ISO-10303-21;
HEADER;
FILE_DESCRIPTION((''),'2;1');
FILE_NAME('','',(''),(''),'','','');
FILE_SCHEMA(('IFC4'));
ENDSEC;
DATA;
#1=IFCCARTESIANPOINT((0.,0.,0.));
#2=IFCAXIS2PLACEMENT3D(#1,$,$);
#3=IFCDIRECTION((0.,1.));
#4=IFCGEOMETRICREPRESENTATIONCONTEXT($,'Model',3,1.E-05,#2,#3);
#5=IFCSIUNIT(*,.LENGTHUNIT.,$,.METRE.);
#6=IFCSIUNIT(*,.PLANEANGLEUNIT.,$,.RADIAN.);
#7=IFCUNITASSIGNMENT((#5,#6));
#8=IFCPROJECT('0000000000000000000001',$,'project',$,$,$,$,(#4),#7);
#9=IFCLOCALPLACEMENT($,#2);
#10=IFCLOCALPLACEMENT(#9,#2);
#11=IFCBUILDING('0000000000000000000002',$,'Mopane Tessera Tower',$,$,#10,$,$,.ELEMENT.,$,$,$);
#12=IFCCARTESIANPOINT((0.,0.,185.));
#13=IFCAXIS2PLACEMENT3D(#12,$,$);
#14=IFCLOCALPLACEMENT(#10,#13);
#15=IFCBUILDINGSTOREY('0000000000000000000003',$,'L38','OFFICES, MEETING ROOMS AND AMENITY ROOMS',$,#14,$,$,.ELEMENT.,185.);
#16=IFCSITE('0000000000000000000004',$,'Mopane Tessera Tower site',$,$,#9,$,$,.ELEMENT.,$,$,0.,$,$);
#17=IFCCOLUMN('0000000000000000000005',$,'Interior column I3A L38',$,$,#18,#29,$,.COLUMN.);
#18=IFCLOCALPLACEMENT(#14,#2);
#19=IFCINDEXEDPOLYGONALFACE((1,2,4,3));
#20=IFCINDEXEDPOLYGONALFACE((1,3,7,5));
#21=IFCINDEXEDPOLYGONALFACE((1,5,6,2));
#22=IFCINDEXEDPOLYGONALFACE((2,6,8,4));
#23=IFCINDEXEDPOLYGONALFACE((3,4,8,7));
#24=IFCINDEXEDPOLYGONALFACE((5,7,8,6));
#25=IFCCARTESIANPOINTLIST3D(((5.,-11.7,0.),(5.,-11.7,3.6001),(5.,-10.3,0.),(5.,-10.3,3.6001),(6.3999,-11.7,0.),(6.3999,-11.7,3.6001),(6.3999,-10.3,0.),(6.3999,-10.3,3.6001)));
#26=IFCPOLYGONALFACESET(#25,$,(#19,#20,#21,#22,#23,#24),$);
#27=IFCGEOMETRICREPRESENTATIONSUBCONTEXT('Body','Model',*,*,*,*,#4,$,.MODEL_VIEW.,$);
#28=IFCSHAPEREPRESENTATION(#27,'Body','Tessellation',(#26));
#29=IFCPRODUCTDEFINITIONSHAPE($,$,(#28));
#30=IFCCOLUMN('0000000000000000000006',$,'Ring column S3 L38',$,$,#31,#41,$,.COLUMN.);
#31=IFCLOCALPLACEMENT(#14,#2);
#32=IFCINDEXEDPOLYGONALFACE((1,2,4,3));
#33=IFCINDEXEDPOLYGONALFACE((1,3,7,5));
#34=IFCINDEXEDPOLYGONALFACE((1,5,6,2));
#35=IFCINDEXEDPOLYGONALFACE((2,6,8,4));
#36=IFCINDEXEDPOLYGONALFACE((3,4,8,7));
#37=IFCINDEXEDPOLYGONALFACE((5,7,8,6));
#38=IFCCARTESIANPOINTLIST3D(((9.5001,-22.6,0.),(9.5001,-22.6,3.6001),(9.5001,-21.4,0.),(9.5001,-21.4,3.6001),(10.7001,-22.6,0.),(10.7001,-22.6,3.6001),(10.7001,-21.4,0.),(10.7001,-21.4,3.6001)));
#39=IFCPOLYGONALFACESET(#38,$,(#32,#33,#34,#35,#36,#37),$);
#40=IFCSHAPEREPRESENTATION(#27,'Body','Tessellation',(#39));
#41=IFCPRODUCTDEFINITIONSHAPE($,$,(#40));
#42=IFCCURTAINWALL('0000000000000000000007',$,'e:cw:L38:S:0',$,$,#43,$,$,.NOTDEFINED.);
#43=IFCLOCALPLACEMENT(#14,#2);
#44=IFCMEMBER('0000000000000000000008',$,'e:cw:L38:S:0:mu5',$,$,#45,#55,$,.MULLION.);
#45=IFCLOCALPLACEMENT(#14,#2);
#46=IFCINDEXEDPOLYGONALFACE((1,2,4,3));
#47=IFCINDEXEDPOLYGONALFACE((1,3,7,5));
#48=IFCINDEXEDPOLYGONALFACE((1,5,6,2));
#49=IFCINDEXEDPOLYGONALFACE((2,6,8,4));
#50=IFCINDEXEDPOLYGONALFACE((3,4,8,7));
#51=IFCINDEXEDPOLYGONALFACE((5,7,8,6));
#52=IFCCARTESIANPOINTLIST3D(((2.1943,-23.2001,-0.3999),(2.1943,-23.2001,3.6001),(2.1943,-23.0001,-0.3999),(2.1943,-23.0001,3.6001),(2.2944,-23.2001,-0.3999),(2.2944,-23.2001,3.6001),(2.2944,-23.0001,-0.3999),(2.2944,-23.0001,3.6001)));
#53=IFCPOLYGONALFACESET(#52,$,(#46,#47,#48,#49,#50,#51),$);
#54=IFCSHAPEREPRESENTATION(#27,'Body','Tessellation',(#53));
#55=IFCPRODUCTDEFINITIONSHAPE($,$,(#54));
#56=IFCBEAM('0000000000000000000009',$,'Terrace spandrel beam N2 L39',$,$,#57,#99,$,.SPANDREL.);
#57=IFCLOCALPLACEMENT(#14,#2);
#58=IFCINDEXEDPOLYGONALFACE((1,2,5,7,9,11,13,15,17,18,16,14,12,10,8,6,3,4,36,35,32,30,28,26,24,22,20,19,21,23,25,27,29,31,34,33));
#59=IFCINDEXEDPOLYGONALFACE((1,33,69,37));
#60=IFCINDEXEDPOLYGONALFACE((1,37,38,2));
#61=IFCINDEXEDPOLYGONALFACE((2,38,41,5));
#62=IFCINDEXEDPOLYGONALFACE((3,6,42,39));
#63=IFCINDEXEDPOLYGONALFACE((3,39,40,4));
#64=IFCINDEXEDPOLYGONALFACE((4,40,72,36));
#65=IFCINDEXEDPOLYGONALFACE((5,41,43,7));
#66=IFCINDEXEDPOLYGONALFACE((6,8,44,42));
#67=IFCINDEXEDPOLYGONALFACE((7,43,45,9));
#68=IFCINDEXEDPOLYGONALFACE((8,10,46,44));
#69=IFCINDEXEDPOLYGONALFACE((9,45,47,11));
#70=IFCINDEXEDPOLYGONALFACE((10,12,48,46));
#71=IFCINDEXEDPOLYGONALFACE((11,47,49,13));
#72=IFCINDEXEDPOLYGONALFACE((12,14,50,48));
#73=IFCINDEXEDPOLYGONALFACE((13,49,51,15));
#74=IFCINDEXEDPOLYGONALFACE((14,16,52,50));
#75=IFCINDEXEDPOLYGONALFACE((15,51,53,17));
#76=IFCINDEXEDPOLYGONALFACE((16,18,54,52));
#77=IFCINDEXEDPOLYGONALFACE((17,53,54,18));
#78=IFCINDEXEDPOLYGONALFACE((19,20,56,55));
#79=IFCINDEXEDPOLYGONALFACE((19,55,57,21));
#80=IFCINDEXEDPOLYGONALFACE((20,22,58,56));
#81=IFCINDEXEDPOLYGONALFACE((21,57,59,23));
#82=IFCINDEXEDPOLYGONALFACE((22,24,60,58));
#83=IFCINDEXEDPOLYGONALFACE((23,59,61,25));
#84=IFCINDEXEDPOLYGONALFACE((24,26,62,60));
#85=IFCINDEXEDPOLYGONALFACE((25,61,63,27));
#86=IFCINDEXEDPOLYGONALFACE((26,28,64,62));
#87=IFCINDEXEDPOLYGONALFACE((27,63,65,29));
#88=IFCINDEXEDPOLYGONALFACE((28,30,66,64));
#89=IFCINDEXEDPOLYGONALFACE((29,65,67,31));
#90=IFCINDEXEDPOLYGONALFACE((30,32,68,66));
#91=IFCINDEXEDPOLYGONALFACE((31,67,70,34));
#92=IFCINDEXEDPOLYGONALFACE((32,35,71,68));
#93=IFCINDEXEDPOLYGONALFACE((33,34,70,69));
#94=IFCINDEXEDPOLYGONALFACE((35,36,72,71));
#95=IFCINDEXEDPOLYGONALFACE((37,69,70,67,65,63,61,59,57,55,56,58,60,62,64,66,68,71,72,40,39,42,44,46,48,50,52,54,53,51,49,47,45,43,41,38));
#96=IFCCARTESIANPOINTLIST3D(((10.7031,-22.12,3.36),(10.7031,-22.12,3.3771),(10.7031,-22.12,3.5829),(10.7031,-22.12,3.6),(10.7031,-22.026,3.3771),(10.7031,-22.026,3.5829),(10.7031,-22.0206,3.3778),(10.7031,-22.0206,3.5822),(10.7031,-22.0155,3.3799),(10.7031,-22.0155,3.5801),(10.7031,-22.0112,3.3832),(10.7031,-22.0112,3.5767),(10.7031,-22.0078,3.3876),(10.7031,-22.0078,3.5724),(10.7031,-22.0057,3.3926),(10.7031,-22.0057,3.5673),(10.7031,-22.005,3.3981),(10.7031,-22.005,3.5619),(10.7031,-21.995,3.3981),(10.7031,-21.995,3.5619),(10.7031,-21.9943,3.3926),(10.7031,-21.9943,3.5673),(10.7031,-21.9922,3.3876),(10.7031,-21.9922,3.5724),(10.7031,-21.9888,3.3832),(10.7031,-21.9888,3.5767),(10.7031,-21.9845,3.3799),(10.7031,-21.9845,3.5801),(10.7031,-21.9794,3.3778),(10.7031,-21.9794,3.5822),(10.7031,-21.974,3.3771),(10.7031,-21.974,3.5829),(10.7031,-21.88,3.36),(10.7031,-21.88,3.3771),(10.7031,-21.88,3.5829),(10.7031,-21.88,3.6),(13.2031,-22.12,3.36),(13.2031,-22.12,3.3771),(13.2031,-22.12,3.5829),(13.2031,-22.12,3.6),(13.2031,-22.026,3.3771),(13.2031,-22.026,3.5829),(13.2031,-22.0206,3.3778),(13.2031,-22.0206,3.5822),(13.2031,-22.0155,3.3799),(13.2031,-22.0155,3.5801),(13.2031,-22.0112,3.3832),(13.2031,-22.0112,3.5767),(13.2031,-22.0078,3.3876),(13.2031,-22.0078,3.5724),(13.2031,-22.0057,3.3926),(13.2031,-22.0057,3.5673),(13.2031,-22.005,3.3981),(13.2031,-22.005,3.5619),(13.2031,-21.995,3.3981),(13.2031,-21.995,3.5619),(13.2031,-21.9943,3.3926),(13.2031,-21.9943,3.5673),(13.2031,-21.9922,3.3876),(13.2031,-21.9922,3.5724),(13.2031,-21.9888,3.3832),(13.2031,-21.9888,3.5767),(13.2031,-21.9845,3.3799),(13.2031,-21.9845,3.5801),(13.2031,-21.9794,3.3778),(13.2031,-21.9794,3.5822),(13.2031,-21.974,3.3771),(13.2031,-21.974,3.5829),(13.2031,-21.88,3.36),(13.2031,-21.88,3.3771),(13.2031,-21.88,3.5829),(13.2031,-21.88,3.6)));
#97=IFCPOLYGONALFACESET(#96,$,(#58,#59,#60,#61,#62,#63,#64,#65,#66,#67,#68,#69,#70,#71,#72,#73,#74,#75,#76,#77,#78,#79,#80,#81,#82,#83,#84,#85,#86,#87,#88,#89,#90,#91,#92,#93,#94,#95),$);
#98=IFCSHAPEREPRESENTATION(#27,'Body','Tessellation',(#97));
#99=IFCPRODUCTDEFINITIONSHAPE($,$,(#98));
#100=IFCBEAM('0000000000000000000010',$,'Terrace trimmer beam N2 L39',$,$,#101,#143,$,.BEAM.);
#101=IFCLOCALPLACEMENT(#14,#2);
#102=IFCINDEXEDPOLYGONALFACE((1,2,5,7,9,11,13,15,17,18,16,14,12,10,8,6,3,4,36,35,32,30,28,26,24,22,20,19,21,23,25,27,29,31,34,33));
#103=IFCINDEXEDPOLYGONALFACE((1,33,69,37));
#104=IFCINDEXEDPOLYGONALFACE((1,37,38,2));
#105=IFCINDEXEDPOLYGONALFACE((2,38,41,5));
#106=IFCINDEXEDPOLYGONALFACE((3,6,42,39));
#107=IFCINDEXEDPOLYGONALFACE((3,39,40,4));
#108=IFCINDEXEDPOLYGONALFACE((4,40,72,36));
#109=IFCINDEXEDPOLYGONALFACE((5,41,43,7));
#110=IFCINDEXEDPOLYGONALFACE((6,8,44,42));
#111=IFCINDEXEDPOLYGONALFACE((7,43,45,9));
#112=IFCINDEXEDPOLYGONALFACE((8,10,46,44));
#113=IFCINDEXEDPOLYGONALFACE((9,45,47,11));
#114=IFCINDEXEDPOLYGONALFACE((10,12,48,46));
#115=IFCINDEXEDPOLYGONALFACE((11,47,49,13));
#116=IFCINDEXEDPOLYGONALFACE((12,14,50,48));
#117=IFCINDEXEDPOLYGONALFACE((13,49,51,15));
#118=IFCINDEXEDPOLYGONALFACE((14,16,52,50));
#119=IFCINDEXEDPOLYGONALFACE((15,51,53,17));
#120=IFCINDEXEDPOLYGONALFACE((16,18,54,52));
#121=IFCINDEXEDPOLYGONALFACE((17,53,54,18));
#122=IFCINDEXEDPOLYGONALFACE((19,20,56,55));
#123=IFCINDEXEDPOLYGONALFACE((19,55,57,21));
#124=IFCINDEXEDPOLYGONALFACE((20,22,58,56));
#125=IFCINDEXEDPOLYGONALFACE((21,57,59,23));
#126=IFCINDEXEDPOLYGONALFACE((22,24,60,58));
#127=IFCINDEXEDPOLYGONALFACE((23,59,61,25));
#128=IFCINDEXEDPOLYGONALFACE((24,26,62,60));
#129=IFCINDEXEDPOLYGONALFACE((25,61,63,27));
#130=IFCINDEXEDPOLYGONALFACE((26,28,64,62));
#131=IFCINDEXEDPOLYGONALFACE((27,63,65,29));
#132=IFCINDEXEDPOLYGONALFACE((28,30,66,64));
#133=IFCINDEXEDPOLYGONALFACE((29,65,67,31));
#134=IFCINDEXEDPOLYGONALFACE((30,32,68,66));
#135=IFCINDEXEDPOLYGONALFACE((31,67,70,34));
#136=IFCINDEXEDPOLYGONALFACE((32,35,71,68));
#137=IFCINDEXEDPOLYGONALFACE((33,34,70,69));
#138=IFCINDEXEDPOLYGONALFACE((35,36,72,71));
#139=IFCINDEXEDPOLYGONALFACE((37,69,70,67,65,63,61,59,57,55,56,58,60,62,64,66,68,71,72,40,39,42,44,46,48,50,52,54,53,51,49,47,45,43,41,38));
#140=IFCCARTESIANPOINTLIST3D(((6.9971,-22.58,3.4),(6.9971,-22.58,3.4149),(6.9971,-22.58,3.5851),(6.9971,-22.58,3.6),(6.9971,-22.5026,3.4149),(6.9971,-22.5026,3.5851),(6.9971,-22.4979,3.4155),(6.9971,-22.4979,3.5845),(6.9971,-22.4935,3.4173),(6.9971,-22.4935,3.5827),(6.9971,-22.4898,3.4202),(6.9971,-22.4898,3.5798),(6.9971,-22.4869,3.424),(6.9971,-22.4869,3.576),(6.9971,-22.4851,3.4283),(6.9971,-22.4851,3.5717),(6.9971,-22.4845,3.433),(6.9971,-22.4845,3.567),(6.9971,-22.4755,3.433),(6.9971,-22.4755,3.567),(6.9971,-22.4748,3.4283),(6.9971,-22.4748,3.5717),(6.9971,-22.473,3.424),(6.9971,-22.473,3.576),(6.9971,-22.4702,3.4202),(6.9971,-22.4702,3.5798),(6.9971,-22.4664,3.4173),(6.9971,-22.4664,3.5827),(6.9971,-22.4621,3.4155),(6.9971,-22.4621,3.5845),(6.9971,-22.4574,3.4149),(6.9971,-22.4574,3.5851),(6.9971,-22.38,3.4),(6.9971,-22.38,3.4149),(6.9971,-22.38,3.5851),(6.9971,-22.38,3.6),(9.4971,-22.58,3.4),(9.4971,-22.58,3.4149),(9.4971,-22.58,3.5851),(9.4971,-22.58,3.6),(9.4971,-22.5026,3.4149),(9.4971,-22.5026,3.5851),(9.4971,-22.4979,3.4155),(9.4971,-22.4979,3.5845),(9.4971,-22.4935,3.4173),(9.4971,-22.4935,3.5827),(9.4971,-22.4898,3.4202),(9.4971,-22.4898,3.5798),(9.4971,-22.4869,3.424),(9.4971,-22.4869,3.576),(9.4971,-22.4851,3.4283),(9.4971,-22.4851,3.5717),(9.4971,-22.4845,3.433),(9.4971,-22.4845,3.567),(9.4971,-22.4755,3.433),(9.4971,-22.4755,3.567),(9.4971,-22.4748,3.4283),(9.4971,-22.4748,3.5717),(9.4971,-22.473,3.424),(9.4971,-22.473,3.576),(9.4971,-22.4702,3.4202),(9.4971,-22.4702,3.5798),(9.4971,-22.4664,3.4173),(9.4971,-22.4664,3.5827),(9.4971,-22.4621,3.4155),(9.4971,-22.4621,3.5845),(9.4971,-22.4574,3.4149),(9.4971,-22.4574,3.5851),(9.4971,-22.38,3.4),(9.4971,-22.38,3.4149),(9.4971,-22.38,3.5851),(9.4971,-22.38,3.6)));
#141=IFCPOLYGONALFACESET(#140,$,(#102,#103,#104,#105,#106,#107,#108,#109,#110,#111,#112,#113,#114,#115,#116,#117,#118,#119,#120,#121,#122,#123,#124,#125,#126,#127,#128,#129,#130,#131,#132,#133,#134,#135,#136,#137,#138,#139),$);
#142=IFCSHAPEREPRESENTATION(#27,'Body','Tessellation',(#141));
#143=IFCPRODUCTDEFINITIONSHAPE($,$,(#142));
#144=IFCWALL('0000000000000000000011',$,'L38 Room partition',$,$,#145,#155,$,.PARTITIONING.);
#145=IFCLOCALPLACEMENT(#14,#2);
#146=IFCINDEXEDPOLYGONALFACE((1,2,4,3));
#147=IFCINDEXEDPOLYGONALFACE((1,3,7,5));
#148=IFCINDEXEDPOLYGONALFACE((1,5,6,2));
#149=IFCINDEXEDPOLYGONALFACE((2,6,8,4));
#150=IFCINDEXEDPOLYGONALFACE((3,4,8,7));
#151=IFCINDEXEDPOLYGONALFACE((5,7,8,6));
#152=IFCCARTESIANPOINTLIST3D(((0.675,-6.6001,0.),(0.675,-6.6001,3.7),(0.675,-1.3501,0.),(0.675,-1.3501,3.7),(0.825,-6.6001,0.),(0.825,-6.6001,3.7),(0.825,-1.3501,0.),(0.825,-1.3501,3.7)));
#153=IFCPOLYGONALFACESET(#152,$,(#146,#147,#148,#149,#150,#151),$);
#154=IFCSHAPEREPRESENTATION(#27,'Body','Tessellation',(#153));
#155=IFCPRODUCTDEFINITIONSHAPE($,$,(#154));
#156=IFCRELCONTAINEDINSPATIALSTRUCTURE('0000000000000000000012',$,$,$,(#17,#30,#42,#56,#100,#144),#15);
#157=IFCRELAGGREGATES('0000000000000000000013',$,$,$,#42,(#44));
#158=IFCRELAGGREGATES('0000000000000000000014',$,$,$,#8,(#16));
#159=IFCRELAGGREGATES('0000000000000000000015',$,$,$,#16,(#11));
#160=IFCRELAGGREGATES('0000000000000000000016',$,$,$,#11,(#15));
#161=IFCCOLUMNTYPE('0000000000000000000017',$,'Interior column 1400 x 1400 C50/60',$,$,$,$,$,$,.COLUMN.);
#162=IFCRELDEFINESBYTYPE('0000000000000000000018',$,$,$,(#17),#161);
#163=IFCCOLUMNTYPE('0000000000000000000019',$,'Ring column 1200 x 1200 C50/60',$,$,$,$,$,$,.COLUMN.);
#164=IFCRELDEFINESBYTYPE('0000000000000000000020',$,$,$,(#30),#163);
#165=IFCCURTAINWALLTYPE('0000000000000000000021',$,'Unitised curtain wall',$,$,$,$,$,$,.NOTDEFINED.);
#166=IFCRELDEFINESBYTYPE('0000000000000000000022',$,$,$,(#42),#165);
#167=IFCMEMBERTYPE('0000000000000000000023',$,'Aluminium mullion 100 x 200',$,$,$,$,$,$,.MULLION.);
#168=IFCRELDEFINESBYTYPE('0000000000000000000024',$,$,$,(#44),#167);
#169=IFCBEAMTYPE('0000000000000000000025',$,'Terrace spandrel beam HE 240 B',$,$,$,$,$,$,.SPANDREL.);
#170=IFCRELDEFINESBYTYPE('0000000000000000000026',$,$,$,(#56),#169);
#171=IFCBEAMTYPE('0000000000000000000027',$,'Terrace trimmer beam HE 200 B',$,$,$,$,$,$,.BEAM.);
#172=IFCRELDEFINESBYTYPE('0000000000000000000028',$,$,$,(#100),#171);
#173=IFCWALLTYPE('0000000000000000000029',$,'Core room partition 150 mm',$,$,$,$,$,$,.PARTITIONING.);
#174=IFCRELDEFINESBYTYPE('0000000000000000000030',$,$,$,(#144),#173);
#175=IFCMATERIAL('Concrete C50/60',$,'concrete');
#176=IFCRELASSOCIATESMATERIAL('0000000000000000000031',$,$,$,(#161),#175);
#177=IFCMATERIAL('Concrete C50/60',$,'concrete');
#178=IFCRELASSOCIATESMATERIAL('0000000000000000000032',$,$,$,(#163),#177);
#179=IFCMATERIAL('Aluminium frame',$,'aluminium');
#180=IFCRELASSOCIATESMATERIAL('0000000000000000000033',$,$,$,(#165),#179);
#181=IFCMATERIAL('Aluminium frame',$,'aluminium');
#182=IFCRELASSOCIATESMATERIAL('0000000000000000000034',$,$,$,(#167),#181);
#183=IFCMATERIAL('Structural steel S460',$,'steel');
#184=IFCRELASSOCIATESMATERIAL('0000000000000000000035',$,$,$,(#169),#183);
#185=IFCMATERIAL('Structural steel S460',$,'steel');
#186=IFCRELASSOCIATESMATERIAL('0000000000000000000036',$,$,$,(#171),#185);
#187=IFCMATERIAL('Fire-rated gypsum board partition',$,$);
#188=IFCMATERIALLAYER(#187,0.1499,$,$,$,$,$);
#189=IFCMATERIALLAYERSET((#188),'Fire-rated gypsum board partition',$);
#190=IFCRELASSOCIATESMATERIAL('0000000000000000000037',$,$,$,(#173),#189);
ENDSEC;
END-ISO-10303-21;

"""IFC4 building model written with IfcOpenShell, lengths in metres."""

from ifc_helpers import new_model, si_unit, direction, frame, frame_2d, origin, origin_2d, place, context, subcontext, project, spatial, rectangle, i_section, extrude, material, layer, layer_set, material_profile, profile_set, type_object, element, aggregate, save


model = new_model("IFC4")

# Units and contexts
model_context = context("Model", 3, precision=1e-05, world=origin(), true_north=direction((0.0, 1.0)))
body_context = subcontext(model_context, "Body", "Model", "MODEL_VIEW")
ifc_project = project(units=[si_unit("LENGTHUNIT", "METRE"), si_unit("PLANEANGLEUNIT", "RADIAN")], contexts=[model_context])

# Site, building, storey
site_placement = place(None, origin())
site = spatial("IfcSite", under=ifc_project, at=site_placement, Name="Mopane Tessera Tower site", CompositionType="ELEMENT", RefElevation=0.0)
building_placement = place(site_placement, origin())
building = spatial("IfcBuilding", under=site, at=building_placement, Name="Mopane Tessera Tower", CompositionType="ELEMENT")
storey_placement = place(building_placement, frame((0.0, 0.0, 185.0)))
storey = spatial("IfcBuildingStorey", under=building, at=storey_placement, Name="L38", Description="OFFICES, MEETING ROOMS AND AMENITY ROOMS", CompositionType="ELEMENT", Elevation=185.0)

# Columns
ifc_material_1 = material(Name="Concrete C50/60", Category="concrete")
ifc_material_profile_1 = material_profile(ifc_material_1, rectangle(XDim=1.3999, YDim=1.3999, at=origin_2d()))
ifc_profile_set_1 = profile_set([ifc_material_profile_1], Name="Concrete C50/60")
column_type_1 = type_object("IfcColumnType", Name="Interior column 1400 x 1400 C50/60", PredefinedType="COLUMN", material=ifc_profile_set_1)
column_1_placement = place(storey_placement, frame((5.7, -11.0, 0.0), z_axis=(0.0, 0.0, 1.0), x_axis=(1.0, 0.0, 0.0)))
element("IfcColumn", 1, at=column_1_placement, inside=storey, type_object=column_type_1, Name="Interior column I3A L38", PredefinedType="COLUMN", context=body_context, shape_type="SweptSolid", body=[
    extrude(rectangle(XDim=1.3999, YDim=1.3999, at=origin_2d()), origin(), (0.0, 0.0, 1.0), 3.6001),
])
ifc_material_2 = material(Name="Concrete C50/60", Category="concrete")
ifc_material_profile_2 = material_profile(ifc_material_2, rectangle(XDim=1.2, YDim=1.2, at=origin_2d()))
ifc_profile_set_2 = profile_set([ifc_material_profile_2], Name="Concrete C50/60")
column_type_2 = type_object("IfcColumnType", Name="Ring column 1200 x 1200 C50/60", PredefinedType="COLUMN", material=ifc_profile_set_2)
column_2_placement = place(storey_placement, frame((10.1001, -22.0, 0.0), z_axis=(0.0, 0.0, 1.0), x_axis=(1.0, 0.0, 0.0)))
element("IfcColumn", 2, at=column_2_placement, inside=storey, type_object=column_type_2, Name="Ring column S3 L38", PredefinedType="COLUMN", context=body_context, shape_type="SweptSolid", body=[
    extrude(rectangle(XDim=1.2, YDim=1.2, at=origin_2d()), origin(), (0.0, 0.0, 1.0), 3.6001),
])

# Curtain wall, member
ifc_material_3 = material(Name="Aluminium frame", Category="aluminium")
curtain_wall_type = type_object("IfcCurtainWallType", Name="Unitised curtain wall", PredefinedType="NOTDEFINED", material=ifc_material_3)
curtain_wall_placement = place(storey_placement, origin())
curtain_wall = element("IfcCurtainWall", 3, at=curtain_wall_placement, inside=storey, type_object=curtain_wall_type, Name="e:cw:L38:S:0", PredefinedType="NOTDEFINED")
ifc_material_4 = material(Name="Aluminium frame", Category="aluminium")
ifc_material_profile_3 = material_profile(ifc_material_4, rectangle(XDim=0.1001, YDim=0.2, at=origin_2d()))
ifc_profile_set_3 = profile_set([ifc_material_profile_3], Name="Aluminium frame")
member_type = type_object("IfcMemberType", Name="Aluminium mullion 100 x 200", PredefinedType="MULLION", material=ifc_profile_set_3)
member_placement = place(storey_placement, frame((2.2444, -23.1001, -0.3999), z_axis=(0.0, 0.0, 1.0), x_axis=(1.0, 0.0, 0.0)))
member = element("IfcMember", 4, at=member_placement, type_object=member_type, Name="e:cw:L38:S:0:mu5", PredefinedType="MULLION", context=body_context, shape_type="SweptSolid", body=[
    extrude(rectangle(XDim=0.1001, YDim=0.2, at=origin_2d()), origin(), (0.0, 0.0, 1.0), 4.0),
])
aggregate(curtain_wall, [member])

# Beams
ifc_material_5 = material(Name="Structural steel S460", Category="steel")
ifc_material_profile_4 = material_profile(ifc_material_5, i_section(OverallWidth=0.24, OverallDepth=0.24, WebThickness=0.01, FlangeThickness=0.0171, FilletRadius=0.021, at=origin_2d()))
ifc_profile_set_4 = profile_set([ifc_material_profile_4], Name="Structural steel S460")
beam_type_1 = type_object("IfcBeamType", Name="Terrace spandrel beam HE 240 B", PredefinedType="SPANDREL", material=ifc_profile_set_4)
beam_1_placement = place(storey_placement, frame((10.7031, -22.0, 3.48), z_axis=(1.0, 0.0, 0.0), x_axis=(0.0, 1.0, 0.0)))
element("IfcBeam", 5, at=beam_1_placement, inside=storey, type_object=beam_type_1, Name="Terrace spandrel beam N2 L39", PredefinedType="SPANDREL", context=body_context, shape_type="SweptSolid", body=[
    extrude(i_section(OverallWidth=0.24, OverallDepth=0.24, WebThickness=0.01, FlangeThickness=0.0171, FilletRadius=0.021, at=origin_2d()), origin(), (0.0, 0.0, 1.0), 2.5),
])
ifc_material_6 = material(Name="Structural steel S460", Category="steel")
ifc_material_profile_5 = material_profile(ifc_material_6, i_section(OverallWidth=0.2, OverallDepth=0.2, WebThickness=0.009, FlangeThickness=0.0149, FilletRadius=0.0181, at=origin_2d()))
ifc_profile_set_5 = profile_set([ifc_material_profile_5], Name="Structural steel S460")
beam_type_2 = type_object("IfcBeamType", Name="Terrace trimmer beam HE 200 B", PredefinedType="BEAM", material=ifc_profile_set_5)
beam_2_placement = place(storey_placement, frame((9.4971, -22.48, 3.5), z_axis=(-1.0, 0.0, 0.0), x_axis=(0.0, -1.0, 0.0)))
element("IfcBeam", 6, at=beam_2_placement, inside=storey, type_object=beam_type_2, Name="Terrace trimmer beam N2 L39", PredefinedType="BEAM", context=body_context, shape_type="SweptSolid", body=[
    extrude(i_section(OverallWidth=0.2, OverallDepth=0.2, WebThickness=0.009, FlangeThickness=0.0149, FilletRadius=0.0181, at=origin_2d()), origin(), (0.0, 0.0, 1.0), 2.5),
])

# Wall
ifc_material_7 = material(Name="Fire-rated gypsum board partition")
ifc_layer_1 = layer(ifc_material_7, 0.1499)
ifc_layer_set_1 = layer_set([ifc_layer_1], Name="Fire-rated gypsum board partition")
wall_type_1 = type_object("IfcWallType", Name="Core room partition 150 mm", PredefinedType="PARTITIONING", material=ifc_layer_set_1)
wall_1_placement = place(storey_placement, frame((0.75, -6.6001, 0.0), z_axis=(0.0, 0.0, 1.0), x_axis=(0.0, 1.0, 0.0)))
element("IfcWall", 7, at=wall_1_placement, inside=storey, type_object=wall_type_1, Name="L38 Room partition", PredefinedType="PARTITIONING", context=body_context, shape_type="SweptSolid", body=[
    extrude(rectangle(XDim=5.25, YDim=0.1499, at=frame_2d((2.625, 0.0))), origin(), (0.0, 0.0, 1.0), 3.7),
])

save(model, "model.ifc")
